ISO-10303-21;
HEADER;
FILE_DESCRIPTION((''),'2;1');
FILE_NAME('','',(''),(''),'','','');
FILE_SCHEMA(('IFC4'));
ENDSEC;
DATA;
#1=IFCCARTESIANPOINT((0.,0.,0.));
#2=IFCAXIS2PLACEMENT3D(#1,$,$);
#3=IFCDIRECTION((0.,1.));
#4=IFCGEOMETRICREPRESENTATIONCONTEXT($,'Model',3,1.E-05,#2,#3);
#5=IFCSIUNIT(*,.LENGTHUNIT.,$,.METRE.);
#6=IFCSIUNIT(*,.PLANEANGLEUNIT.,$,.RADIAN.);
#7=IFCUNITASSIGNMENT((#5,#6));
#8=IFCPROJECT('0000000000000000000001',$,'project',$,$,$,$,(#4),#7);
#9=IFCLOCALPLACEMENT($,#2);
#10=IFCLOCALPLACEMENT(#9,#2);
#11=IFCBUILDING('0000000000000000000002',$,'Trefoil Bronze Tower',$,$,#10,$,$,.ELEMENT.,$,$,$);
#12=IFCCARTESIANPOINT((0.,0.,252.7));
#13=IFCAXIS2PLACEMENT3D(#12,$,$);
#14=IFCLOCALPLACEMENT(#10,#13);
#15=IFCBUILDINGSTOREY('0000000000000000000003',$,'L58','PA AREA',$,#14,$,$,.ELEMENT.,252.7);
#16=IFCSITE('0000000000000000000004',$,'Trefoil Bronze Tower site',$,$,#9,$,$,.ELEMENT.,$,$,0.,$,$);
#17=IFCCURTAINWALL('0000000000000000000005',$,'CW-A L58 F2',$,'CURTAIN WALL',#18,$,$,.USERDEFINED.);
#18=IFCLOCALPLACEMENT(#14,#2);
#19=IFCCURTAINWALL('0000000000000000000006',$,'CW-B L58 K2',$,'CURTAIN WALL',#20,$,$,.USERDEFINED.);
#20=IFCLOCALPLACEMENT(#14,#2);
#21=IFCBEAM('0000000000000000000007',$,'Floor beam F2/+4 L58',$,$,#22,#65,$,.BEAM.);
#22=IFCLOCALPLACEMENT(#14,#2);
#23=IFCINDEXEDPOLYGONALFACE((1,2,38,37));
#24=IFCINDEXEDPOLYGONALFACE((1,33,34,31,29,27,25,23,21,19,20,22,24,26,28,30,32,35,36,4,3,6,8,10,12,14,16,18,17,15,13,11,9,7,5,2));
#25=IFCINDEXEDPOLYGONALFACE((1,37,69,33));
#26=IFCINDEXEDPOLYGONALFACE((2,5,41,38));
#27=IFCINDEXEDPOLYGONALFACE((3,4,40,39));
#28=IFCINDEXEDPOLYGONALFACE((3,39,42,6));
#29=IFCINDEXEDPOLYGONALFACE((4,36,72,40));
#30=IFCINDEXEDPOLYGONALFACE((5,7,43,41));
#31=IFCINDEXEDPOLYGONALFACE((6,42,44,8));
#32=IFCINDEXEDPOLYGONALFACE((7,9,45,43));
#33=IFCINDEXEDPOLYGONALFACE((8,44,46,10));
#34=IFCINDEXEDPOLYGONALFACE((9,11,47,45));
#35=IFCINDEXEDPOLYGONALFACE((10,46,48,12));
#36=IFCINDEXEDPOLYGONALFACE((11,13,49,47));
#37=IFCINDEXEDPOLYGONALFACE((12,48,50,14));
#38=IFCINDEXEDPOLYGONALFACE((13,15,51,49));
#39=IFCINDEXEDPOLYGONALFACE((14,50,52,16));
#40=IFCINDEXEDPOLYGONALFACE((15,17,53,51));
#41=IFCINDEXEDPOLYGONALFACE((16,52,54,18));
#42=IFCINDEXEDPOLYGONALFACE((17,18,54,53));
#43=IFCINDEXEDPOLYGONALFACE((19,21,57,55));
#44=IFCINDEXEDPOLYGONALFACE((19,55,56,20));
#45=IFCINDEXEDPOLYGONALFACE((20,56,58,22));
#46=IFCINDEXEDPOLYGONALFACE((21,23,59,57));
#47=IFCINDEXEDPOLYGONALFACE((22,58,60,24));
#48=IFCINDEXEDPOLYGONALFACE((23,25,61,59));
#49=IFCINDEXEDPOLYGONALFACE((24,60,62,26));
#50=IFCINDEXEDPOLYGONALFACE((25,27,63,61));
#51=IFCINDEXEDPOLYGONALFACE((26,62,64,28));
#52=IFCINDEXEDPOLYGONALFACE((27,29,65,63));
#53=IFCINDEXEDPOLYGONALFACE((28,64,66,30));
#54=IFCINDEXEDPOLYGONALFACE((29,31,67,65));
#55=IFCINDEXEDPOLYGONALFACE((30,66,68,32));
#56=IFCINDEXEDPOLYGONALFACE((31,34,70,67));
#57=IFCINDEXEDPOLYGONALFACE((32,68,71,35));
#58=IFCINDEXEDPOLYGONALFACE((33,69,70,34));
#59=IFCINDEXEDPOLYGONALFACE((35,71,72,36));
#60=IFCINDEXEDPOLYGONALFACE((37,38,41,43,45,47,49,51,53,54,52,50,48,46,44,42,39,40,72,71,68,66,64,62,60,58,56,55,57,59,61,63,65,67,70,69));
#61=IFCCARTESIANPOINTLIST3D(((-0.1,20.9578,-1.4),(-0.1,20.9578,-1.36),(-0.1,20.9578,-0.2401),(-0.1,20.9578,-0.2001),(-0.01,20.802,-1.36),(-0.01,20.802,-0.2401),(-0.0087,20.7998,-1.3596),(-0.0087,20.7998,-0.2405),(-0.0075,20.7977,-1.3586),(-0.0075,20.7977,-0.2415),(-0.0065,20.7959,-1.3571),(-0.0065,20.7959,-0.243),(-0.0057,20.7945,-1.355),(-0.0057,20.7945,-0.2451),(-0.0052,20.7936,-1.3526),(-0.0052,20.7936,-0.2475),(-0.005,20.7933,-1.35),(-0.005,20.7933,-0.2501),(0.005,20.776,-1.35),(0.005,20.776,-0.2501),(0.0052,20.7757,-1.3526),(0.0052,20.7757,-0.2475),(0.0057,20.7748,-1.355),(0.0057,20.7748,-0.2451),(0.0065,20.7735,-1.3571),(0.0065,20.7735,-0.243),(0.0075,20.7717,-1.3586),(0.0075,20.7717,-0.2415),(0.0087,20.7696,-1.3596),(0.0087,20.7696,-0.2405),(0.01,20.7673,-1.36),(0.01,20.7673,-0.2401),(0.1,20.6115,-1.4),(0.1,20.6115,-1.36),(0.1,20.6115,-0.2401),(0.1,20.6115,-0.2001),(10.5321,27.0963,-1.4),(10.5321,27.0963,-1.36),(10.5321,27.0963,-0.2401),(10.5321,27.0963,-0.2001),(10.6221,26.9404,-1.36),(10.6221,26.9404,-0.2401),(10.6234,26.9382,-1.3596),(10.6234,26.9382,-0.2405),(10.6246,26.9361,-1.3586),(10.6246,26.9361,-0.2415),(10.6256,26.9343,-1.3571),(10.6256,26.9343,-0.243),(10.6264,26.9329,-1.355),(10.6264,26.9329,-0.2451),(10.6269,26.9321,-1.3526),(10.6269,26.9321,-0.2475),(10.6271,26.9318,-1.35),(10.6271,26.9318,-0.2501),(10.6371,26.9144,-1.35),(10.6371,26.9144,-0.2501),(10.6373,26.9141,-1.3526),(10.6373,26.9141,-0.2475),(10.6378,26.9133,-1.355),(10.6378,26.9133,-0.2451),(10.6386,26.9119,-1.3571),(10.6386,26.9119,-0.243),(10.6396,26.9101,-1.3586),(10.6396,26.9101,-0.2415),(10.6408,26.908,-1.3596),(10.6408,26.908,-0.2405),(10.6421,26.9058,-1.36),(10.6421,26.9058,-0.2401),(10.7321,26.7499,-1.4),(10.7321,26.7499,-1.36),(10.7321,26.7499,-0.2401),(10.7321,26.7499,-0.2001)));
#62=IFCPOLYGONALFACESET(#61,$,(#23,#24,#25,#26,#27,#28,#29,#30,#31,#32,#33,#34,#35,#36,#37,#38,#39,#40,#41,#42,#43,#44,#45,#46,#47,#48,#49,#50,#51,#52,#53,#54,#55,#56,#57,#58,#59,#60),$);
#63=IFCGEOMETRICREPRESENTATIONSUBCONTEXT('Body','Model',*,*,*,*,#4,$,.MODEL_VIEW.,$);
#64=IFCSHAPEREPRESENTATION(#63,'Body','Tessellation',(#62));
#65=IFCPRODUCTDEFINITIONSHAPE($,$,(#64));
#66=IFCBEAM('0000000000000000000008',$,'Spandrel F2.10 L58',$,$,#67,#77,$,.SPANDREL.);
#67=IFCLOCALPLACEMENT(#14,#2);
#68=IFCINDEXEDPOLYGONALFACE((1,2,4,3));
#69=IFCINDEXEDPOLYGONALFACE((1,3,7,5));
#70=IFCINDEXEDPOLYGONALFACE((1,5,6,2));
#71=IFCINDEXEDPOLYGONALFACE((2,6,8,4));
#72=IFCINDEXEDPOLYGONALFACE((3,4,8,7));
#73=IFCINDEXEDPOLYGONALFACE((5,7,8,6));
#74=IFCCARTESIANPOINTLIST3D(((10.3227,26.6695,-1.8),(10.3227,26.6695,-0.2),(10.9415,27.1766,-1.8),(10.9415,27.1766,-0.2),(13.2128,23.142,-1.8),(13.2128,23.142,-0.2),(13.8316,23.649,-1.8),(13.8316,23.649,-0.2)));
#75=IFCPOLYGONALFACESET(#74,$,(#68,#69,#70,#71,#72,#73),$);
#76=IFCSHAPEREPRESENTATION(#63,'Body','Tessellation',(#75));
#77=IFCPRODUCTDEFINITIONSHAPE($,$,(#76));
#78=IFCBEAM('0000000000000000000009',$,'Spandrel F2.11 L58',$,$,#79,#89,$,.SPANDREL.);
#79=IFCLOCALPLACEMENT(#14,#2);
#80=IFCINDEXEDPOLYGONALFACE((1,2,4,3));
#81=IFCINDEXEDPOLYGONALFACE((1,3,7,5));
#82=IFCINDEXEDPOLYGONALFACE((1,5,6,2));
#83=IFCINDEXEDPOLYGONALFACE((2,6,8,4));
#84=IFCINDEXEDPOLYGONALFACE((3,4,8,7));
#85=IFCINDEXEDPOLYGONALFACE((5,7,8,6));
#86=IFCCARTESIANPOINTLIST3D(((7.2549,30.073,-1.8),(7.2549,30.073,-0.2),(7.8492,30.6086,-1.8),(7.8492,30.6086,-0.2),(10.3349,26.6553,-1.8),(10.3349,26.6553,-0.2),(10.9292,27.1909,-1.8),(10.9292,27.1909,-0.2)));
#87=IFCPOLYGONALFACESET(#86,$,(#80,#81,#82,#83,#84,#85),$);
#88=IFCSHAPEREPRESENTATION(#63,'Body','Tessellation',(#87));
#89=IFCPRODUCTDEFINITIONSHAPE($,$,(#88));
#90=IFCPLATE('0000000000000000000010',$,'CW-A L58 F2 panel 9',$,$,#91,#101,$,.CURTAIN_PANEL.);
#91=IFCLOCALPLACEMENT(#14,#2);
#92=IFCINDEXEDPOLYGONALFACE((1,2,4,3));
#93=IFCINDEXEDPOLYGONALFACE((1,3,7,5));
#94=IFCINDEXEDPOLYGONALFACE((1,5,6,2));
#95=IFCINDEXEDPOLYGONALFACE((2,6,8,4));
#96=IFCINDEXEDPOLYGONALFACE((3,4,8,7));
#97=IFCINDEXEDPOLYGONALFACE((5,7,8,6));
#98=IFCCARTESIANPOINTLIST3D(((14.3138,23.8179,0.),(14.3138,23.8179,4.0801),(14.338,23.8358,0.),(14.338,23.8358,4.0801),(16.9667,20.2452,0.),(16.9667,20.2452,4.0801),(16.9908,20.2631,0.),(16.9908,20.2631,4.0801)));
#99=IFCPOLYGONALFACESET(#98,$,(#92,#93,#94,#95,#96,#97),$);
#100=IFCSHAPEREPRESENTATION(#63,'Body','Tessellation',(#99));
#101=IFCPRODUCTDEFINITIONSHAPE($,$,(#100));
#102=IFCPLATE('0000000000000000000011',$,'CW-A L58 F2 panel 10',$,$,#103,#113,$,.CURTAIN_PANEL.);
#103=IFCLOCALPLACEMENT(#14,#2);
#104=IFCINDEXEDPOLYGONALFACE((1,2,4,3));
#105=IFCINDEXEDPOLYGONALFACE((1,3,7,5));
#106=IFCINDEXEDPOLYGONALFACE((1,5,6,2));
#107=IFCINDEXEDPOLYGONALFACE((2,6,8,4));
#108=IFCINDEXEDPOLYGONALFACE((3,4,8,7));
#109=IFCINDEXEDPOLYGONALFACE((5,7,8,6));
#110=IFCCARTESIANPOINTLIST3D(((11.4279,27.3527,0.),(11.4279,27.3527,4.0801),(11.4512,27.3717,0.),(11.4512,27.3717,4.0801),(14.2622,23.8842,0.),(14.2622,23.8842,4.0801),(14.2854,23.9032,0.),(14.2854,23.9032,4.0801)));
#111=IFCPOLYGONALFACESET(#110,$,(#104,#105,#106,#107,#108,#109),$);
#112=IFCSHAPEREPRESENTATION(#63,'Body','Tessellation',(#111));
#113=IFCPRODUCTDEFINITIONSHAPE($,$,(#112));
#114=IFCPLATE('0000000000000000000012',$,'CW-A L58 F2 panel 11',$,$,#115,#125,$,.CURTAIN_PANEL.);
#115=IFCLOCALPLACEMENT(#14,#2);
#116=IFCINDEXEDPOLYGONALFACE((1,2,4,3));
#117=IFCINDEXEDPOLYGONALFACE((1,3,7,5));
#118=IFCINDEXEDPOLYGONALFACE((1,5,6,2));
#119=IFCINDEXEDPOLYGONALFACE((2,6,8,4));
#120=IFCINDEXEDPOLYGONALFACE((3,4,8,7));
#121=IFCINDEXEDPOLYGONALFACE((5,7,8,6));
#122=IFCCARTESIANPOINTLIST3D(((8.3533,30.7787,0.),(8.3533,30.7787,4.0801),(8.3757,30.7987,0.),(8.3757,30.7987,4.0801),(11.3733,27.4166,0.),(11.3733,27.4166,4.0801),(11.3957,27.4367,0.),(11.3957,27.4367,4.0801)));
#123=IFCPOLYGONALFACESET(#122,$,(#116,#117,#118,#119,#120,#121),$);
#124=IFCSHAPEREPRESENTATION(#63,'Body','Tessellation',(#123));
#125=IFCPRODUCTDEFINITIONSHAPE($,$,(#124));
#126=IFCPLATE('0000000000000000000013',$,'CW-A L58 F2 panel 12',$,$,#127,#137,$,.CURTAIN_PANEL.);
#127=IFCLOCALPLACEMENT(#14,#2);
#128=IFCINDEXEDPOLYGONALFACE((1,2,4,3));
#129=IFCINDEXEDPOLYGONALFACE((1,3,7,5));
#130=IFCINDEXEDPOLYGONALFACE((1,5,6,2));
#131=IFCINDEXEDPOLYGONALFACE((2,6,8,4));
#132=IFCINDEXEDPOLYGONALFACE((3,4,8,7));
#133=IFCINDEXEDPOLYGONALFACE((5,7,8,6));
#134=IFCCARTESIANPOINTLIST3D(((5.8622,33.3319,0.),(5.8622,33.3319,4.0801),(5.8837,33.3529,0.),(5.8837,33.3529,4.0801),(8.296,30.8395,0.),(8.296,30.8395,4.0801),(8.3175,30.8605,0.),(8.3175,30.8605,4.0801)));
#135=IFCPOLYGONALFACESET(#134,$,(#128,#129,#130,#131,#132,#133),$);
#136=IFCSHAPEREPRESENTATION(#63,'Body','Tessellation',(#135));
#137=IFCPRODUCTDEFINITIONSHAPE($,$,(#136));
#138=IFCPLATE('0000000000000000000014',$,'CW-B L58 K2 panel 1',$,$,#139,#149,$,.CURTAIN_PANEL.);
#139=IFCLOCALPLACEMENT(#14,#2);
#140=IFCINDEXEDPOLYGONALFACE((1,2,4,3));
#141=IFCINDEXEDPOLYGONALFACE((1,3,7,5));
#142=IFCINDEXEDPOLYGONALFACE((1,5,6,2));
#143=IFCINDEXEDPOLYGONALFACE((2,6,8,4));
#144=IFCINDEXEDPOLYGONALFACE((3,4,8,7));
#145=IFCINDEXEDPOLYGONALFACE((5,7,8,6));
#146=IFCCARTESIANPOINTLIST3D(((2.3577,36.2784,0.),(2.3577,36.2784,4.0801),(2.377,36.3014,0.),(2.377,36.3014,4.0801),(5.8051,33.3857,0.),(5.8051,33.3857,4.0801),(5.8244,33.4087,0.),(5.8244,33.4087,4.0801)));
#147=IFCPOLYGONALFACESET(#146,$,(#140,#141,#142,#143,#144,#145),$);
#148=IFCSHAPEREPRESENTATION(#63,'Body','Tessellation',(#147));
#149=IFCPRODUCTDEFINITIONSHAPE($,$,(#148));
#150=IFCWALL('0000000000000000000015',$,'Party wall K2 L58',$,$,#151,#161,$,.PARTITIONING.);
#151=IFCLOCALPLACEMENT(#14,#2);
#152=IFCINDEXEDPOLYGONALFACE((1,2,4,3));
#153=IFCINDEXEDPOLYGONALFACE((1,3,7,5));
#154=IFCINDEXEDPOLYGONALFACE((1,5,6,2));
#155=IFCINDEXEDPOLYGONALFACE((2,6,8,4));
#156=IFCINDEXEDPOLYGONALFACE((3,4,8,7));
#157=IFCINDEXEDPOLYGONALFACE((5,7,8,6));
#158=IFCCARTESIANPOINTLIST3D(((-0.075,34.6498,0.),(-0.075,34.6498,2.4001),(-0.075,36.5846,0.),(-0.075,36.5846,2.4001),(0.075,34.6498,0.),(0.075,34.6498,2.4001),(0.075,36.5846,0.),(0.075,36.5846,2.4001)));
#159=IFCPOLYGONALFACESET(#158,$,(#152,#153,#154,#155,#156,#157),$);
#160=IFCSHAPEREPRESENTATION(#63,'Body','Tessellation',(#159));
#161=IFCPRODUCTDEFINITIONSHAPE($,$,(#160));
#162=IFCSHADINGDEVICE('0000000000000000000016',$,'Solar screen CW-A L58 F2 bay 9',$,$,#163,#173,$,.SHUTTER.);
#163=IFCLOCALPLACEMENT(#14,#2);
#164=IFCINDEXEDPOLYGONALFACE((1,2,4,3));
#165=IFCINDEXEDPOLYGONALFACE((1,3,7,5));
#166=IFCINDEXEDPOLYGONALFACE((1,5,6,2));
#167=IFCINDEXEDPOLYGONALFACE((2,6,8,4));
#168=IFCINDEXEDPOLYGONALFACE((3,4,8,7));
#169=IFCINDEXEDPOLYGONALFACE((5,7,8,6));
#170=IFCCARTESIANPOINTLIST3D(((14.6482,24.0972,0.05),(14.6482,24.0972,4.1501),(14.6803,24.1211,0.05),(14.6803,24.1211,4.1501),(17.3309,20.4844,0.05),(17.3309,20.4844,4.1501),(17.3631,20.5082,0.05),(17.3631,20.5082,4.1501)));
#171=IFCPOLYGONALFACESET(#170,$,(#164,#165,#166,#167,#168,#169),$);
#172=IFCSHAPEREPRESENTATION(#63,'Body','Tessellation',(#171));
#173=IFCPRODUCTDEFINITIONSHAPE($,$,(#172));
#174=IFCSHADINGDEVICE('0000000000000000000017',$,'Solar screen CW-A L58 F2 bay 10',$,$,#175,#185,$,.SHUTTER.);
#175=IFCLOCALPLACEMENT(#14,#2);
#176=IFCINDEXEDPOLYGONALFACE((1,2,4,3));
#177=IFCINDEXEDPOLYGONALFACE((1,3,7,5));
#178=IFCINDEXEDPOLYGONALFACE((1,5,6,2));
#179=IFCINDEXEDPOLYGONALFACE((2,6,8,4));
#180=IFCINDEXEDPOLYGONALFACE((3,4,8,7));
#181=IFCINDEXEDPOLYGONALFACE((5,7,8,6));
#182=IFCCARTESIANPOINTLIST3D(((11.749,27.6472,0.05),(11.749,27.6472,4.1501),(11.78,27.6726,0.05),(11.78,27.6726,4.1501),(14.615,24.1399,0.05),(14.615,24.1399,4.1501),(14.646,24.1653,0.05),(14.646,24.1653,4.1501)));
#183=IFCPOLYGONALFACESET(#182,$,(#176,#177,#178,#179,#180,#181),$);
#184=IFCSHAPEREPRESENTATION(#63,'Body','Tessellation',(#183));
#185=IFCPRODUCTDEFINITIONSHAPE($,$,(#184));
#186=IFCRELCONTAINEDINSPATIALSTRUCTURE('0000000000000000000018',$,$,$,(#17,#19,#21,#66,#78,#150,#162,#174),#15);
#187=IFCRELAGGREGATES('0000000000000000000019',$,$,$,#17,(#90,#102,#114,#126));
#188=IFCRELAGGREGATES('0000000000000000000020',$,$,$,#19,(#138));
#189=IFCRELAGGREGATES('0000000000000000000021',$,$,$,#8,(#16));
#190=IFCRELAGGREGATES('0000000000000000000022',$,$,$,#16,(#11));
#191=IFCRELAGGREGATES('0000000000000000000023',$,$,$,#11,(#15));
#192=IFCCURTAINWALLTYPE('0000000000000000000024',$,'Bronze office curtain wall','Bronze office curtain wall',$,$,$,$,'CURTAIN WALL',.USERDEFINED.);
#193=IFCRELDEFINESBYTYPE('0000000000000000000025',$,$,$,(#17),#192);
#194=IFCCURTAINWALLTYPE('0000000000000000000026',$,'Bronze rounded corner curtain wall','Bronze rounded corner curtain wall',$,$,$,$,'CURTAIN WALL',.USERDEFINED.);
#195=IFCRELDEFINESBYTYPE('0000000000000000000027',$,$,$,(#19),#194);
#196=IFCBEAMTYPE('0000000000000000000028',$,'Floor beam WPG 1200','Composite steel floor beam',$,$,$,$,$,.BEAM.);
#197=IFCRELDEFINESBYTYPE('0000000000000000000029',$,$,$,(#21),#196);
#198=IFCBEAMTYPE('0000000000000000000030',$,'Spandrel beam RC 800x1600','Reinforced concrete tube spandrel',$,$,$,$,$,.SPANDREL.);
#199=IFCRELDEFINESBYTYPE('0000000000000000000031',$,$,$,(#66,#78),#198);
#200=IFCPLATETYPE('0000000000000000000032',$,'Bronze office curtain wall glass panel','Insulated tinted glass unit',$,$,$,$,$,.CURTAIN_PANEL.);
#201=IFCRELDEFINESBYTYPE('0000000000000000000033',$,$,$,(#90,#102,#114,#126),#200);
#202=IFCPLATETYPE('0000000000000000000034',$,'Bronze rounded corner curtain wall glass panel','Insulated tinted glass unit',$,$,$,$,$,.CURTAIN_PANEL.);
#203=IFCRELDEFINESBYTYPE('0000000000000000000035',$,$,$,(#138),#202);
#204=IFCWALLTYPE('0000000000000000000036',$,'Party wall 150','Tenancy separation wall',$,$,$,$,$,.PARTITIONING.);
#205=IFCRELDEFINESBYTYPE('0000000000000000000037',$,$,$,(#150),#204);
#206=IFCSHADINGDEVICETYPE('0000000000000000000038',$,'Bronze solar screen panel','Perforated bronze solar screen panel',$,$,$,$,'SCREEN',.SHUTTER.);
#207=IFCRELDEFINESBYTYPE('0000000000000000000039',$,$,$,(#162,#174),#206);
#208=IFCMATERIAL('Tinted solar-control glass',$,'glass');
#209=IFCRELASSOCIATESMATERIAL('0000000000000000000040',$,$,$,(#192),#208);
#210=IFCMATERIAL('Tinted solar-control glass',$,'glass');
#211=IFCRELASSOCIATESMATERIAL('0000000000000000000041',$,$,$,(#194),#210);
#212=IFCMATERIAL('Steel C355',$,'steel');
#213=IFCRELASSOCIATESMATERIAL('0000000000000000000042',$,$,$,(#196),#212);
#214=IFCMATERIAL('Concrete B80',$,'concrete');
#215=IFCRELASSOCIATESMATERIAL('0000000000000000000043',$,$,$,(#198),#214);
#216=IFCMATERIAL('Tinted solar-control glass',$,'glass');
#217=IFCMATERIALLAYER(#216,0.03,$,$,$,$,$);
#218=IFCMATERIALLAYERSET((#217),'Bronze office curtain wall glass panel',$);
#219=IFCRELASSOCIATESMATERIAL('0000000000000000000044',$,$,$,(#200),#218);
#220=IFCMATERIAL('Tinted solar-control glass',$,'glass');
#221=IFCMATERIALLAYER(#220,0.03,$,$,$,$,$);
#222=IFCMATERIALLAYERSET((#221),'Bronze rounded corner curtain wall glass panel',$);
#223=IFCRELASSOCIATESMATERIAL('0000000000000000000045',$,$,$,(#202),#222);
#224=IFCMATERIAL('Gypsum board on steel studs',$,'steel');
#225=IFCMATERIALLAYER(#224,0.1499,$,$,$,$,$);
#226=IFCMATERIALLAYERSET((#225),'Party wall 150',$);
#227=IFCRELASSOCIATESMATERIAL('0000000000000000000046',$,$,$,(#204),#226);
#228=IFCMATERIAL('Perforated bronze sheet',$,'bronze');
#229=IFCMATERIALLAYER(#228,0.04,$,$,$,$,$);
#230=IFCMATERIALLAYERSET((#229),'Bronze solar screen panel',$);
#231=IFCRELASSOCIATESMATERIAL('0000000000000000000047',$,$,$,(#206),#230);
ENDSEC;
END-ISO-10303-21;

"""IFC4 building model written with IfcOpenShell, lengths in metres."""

from ifc_helpers import new_model, si_unit, direction, frame, frame_2d, origin, origin_2d, place, context, subcontext, project, spatial, rectangle, i_section, extrude, material, layer, layer_set, material_profile, profile_set, type_object, element, aggregate, save


model = new_model("IFC4")

# Units and contexts
model_context = context("Model", 3, precision=1e-05, world=origin(), true_north=direction((0.0, 1.0)))
body_context = subcontext(model_context, "Body", "Model", "MODEL_VIEW")
ifc_project = project(units=[si_unit("LENGTHUNIT", "METRE"), si_unit("PLANEANGLEUNIT", "RADIAN")], contexts=[model_context])

# Site, building, storey
site_placement = place(None, origin())
site = spatial("IfcSite", under=ifc_project, at=site_placement, Name="Trefoil Bronze Tower site", CompositionType="ELEMENT", RefElevation=0.0)
building_placement = place(site_placement, origin())
building = spatial("IfcBuilding", under=site, at=building_placement, Name="Trefoil Bronze Tower", CompositionType="ELEMENT")
storey_placement = place(building_placement, frame((0.0, 0.0, 252.7)))
storey = spatial("IfcBuildingStorey", under=building, at=storey_placement, Name="L58", Description="PA AREA", CompositionType="ELEMENT", Elevation=252.7)

# Curtain walls
ifc_material_1 = material(Name="Tinted solar-control glass", Category="glass")
curtain_wall_type_1 = type_object("IfcCurtainWallType", Name="Bronze office curtain wall", Description="Bronze office curtain wall", ElementType="CURTAIN WALL", PredefinedType="USERDEFINED", material=ifc_material_1)
curtain_wall_1_placement = place(storey_placement, origin())
curtain_wall_1 = element("IfcCurtainWall", 1, at=curtain_wall_1_placement, inside=storey, type_object=curtain_wall_type_1, Name="CW-A L58 F2", ObjectType="CURTAIN WALL", PredefinedType="USERDEFINED")
ifc_material_2 = material(Name="Tinted solar-control glass", Category="glass")
curtain_wall_type_2 = type_object("IfcCurtainWallType", Name="Bronze rounded corner curtain wall", Description="Bronze rounded corner curtain wall", ElementType="CURTAIN WALL", PredefinedType="USERDEFINED", material=ifc_material_2)
curtain_wall_2_placement = place(storey_placement, origin())
curtain_wall_2 = element("IfcCurtainWall", 2, at=curtain_wall_2_placement, inside=storey, type_object=curtain_wall_type_2, Name="CW-B L58 K2", ObjectType="CURTAIN WALL", PredefinedType="USERDEFINED")

# Beams
ifc_material_3 = material(Name="Steel C355", Category="steel")
ifc_material_profile_1 = material_profile(ifc_material_3, i_section(OverallWidth=0.3999, OverallDepth=1.2, WebThickness=0.02, FlangeThickness=0.04, FilletRadius=0.01, at=origin_2d()), Name="WPG 1200")
ifc_profile_set_1 = profile_set([ifc_material_profile_1], Name="Steel C355")
beam_type_1 = type_object("IfcBeamType", Name="Floor beam WPG 1200", Description="Composite steel floor beam", PredefinedType="BEAM", material=ifc_profile_set_1)
beam_1_placement = place(storey_placement, frame((10.6321, 26.9231, -0.8), z_axis=(-0.866026, -0.5, 0.0), x_axis=(0.5, -0.866026, 0.0)))
element("IfcBeam", 3, at=beam_1_placement, inside=storey, type_object=beam_type_1, Name="Floor beam F2/+4 L58", PredefinedType="BEAM", context=body_context, shape_type="SweptSolid", body=[
    extrude(i_section(OverallWidth=0.3999, OverallDepth=1.2, WebThickness=0.02, FlangeThickness=0.04, FilletRadius=0.01, at=origin_2d()), origin(), (0.0, 0.0, 1.0), 12.2769),
])
ifc_material_4 = material(Name="Concrete B80", Category="concrete")
ifc_material_profile_2 = material_profile(ifc_material_4, rectangle(XDim=0.8, YDim=1.6001, at=origin_2d()), Name="RC 800x1600")
ifc_profile_set_2 = profile_set([ifc_material_profile_2], Name="Concrete B80")
beam_type_2 = type_object("IfcBeamType", Name="Spandrel beam RC 800x1600", Description="Reinforced concrete tube spandrel", PredefinedType="SPANDREL", material=ifc_profile_set_2)
beam_2_placement = place(storey_placement, frame((13.5222, 23.3955, -1.0), z_axis=(-0.633754, 0.773535, 0.0), x_axis=(-0.773535, -0.633754, 0.0)))
element("IfcBeam", 4, at=beam_2_placement, inside=storey, type_object=beam_type_2, Name="Spandrel F2.10 L58", PredefinedType="SPANDREL", context=body_context, shape_type="SweptSolid", body=[
    extrude(rectangle(XDim=0.8, YDim=1.6001, at=origin_2d()), origin(), (0.0, 0.0, 1.0), 4.5603),
])
beam_3_placement = place(storey_placement, frame((10.6321, 26.9231, -1.0), z_axis=(-0.66946, 0.742848, 0.0), x_axis=(-0.742848, -0.66946, 0.0)))
element("IfcBeam", 5, at=beam_3_placement, inside=storey, type_object=beam_type_2, Name="Spandrel F2.11 L58", PredefinedType="SPANDREL", context=body_context, shape_type="SweptSolid", body=[
    extrude(rectangle(XDim=0.8, YDim=1.6001, at=origin_2d()), origin(), (0.0, 0.0, 1.0), 4.6008),
])

# Plates
ifc_material_5 = material(Name="Tinted solar-control glass", Category="glass")
ifc_layer_1 = layer(ifc_material_5, 0.03)
ifc_layer_set_1 = layer_set([ifc_layer_1], Name="Bronze office curtain wall glass panel")
plate_type_1 = type_object("IfcPlateType", Name="Bronze office curtain wall glass panel", Description="Insulated tinted glass unit", PredefinedType="CURTAIN_PANEL", material=ifc_layer_set_1)
plate_1_placement = place(storey_placement, frame((15.6523, 22.0405, 0.0), z_axis=(0.0, 0.0, 1.0), x_axis=(-0.596162, 0.802865, 0.0)))
plate_1 = element("IfcPlate", 6, at=plate_1_placement, type_object=plate_type_1, Name="CW-A L58 F2 panel 9", PredefinedType="CURTAIN_PANEL", context=body_context, shape_type="SweptSolid", body=[
    extrude(rectangle(XDim=4.45, YDim=0.03, at=origin_2d()), origin(), (0.0, 0.0, 1.0), 4.0801),
])
plate_2_placement = place(storey_placement, frame((12.8567, 25.6279, 0.0), z_axis=(0.0, 0.0, 1.0), x_axis=(-0.632753, 0.774354, 0.0)))
plate_2 = element("IfcPlate", 7, at=plate_2_placement, type_object=plate_type_1, Name="CW-A L58 F2 panel 10", PredefinedType="CURTAIN_PANEL", context=body_context, shape_type="SweptSolid", body=[
    extrude(rectangle(XDim=4.4792, YDim=0.03, at=origin_2d()), origin(), (0.0, 0.0, 1.0), 4.0801),
])
plate_3_placement = place(storey_placement, frame((9.8745, 29.1077, 0.0), z_axis=(0.0, 0.0, 1.0), x_axis=(-0.668246, 0.743941, 0.0)))
plate_3 = element("IfcPlate", 8, at=plate_3_placement, type_object=plate_type_1, Name="CW-A L58 F2 panel 11", PredefinedType="CURTAIN_PANEL", context=body_context, shape_type="SweptSolid", body=[
    extrude(rectangle(XDim=4.5193, YDim=0.03, at=origin_2d()), origin(), (0.0, 0.0, 1.0), 4.0801),
])
plate_4_placement = place(storey_placement, frame((7.0898, 32.0962, 0.0), z_axis=(0.0, 0.0, 1.0), x_axis=(-0.698652, 0.715462, 0.0)))
plate_4 = element("IfcPlate", 9, at=plate_4_placement, type_object=plate_type_1, Name="CW-A L58 F2 panel 12", PredefinedType="CURTAIN_PANEL", context=body_context, shape_type="SweptSolid", body=[
    extrude(rectangle(XDim=3.4836, YDim=0.03, at=origin_2d()), origin(), (0.0, 0.0, 1.0), 4.0801),
])
aggregate(curtain_wall_1, [plate_1, plate_2, plate_3, plate_4])
ifc_material_6 = material(Name="Tinted solar-control glass", Category="glass")
ifc_layer_2 = layer(ifc_material_6, 0.03)
ifc_layer_set_2 = layer_set([ifc_layer_2], Name="Bronze rounded corner curtain wall glass panel")
plate_type_2 = type_object("IfcPlateType", Name="Bronze rounded corner curtain wall glass panel", Description="Insulated tinted glass unit", PredefinedType="CURTAIN_PANEL", material=ifc_layer_set_2)
plate_5_placement = place(storey_placement, frame((4.0911, 34.8435, 0.0), z_axis=(0.0, 0.0, 1.0), x_axis=(-0.766044, 0.642788, 0.0)))
plate_5 = element("IfcPlate", 10, at=plate_5_placement, type_object=plate_type_2, Name="CW-B L58 K2 panel 1", PredefinedType="CURTAIN_PANEL", context=body_context, shape_type="SweptSolid", body=[
    extrude(rectangle(XDim=4.5002, YDim=0.03, at=origin_2d()), origin(), (0.0, 0.0, 1.0), 4.0801),
])
aggregate(curtain_wall_2, [plate_5])

# Wall
ifc_material_7 = material(Name="Gypsum board on steel studs", Category="steel")
ifc_layer_3 = layer(ifc_material_7, 0.1499)
ifc_layer_set_3 = layer_set([ifc_layer_3], Name="Party wall 150")
wall_type = type_object("IfcWallType", Name="Party wall 150", Description="Tenancy separation wall", PredefinedType="PARTITIONING", material=ifc_layer_set_3)
wall_placement = place(storey_placement, frame((0.0, 34.6499, 0.0), z_axis=(0.0, 0.0, 1.0), x_axis=(0.0, 1.0, 0.0)))
element("IfcWall", 11, at=wall_placement, inside=storey, type_object=wall_type, Name="Party wall K2 L58", PredefinedType="PARTITIONING", context=body_context, shape_type="SweptSolid", body=[
    extrude(rectangle(XDim=1.9348, YDim=0.1499, at=frame_2d((0.9673, 0.0))), origin(), (0.0, 0.0, 1.0), 2.4001),
])

# Shading devices
ifc_material_8 = material(Name="Perforated bronze sheet", Category="bronze")
ifc_layer_4 = layer(ifc_material_8, 0.04)
ifc_layer_set_4 = layer_set([ifc_layer_4], Name="Bronze solar screen panel")
shading_device_type = type_object("IfcShadingDeviceType", Name="Bronze solar screen panel", Description="Perforated bronze solar screen panel", ElementType="SCREEN", PredefinedType="SHUTTER", material=ifc_layer_set_4)
shading_device_1_placement = place(storey_placement, frame((16.0056, 22.3027, 0.05), z_axis=(0.0, 0.0, 1.0), x_axis=(-0.596162, 0.802865, 0.0)))
element("IfcShadingDevice", 12, at=shading_device_1_placement, inside=storey, type_object=shading_device_type, Name="Solar screen CW-A L58 F2 bay 9", PredefinedType="SHUTTER", context=body_context, shape_type="SweptSolid", body=[
    extrude(rectangle(XDim=4.5, YDim=0.04, at=origin_2d()), origin(), (0.0, 0.0, 1.0), 4.1001),
])
shading_device_2_placement = place(storey_placement, frame((13.1975, 25.9062, 0.05), z_axis=(0.0, 0.0, 1.0), x_axis=(-0.632753, 0.774354, 0.0)))
element("IfcShadingDevice", 13, at=shading_device_2_placement, inside=storey, type_object=shading_device_type, Name="Solar screen CW-A L58 F2 bay 10", PredefinedType="SHUTTER", context=body_context, shape_type="SweptSolid", body=[
    extrude(rectangle(XDim=4.5293, YDim=0.04, at=origin_2d()), origin(), (0.0, 0.0, 1.0), 4.1001),
])

save(model, "model.ifc")
